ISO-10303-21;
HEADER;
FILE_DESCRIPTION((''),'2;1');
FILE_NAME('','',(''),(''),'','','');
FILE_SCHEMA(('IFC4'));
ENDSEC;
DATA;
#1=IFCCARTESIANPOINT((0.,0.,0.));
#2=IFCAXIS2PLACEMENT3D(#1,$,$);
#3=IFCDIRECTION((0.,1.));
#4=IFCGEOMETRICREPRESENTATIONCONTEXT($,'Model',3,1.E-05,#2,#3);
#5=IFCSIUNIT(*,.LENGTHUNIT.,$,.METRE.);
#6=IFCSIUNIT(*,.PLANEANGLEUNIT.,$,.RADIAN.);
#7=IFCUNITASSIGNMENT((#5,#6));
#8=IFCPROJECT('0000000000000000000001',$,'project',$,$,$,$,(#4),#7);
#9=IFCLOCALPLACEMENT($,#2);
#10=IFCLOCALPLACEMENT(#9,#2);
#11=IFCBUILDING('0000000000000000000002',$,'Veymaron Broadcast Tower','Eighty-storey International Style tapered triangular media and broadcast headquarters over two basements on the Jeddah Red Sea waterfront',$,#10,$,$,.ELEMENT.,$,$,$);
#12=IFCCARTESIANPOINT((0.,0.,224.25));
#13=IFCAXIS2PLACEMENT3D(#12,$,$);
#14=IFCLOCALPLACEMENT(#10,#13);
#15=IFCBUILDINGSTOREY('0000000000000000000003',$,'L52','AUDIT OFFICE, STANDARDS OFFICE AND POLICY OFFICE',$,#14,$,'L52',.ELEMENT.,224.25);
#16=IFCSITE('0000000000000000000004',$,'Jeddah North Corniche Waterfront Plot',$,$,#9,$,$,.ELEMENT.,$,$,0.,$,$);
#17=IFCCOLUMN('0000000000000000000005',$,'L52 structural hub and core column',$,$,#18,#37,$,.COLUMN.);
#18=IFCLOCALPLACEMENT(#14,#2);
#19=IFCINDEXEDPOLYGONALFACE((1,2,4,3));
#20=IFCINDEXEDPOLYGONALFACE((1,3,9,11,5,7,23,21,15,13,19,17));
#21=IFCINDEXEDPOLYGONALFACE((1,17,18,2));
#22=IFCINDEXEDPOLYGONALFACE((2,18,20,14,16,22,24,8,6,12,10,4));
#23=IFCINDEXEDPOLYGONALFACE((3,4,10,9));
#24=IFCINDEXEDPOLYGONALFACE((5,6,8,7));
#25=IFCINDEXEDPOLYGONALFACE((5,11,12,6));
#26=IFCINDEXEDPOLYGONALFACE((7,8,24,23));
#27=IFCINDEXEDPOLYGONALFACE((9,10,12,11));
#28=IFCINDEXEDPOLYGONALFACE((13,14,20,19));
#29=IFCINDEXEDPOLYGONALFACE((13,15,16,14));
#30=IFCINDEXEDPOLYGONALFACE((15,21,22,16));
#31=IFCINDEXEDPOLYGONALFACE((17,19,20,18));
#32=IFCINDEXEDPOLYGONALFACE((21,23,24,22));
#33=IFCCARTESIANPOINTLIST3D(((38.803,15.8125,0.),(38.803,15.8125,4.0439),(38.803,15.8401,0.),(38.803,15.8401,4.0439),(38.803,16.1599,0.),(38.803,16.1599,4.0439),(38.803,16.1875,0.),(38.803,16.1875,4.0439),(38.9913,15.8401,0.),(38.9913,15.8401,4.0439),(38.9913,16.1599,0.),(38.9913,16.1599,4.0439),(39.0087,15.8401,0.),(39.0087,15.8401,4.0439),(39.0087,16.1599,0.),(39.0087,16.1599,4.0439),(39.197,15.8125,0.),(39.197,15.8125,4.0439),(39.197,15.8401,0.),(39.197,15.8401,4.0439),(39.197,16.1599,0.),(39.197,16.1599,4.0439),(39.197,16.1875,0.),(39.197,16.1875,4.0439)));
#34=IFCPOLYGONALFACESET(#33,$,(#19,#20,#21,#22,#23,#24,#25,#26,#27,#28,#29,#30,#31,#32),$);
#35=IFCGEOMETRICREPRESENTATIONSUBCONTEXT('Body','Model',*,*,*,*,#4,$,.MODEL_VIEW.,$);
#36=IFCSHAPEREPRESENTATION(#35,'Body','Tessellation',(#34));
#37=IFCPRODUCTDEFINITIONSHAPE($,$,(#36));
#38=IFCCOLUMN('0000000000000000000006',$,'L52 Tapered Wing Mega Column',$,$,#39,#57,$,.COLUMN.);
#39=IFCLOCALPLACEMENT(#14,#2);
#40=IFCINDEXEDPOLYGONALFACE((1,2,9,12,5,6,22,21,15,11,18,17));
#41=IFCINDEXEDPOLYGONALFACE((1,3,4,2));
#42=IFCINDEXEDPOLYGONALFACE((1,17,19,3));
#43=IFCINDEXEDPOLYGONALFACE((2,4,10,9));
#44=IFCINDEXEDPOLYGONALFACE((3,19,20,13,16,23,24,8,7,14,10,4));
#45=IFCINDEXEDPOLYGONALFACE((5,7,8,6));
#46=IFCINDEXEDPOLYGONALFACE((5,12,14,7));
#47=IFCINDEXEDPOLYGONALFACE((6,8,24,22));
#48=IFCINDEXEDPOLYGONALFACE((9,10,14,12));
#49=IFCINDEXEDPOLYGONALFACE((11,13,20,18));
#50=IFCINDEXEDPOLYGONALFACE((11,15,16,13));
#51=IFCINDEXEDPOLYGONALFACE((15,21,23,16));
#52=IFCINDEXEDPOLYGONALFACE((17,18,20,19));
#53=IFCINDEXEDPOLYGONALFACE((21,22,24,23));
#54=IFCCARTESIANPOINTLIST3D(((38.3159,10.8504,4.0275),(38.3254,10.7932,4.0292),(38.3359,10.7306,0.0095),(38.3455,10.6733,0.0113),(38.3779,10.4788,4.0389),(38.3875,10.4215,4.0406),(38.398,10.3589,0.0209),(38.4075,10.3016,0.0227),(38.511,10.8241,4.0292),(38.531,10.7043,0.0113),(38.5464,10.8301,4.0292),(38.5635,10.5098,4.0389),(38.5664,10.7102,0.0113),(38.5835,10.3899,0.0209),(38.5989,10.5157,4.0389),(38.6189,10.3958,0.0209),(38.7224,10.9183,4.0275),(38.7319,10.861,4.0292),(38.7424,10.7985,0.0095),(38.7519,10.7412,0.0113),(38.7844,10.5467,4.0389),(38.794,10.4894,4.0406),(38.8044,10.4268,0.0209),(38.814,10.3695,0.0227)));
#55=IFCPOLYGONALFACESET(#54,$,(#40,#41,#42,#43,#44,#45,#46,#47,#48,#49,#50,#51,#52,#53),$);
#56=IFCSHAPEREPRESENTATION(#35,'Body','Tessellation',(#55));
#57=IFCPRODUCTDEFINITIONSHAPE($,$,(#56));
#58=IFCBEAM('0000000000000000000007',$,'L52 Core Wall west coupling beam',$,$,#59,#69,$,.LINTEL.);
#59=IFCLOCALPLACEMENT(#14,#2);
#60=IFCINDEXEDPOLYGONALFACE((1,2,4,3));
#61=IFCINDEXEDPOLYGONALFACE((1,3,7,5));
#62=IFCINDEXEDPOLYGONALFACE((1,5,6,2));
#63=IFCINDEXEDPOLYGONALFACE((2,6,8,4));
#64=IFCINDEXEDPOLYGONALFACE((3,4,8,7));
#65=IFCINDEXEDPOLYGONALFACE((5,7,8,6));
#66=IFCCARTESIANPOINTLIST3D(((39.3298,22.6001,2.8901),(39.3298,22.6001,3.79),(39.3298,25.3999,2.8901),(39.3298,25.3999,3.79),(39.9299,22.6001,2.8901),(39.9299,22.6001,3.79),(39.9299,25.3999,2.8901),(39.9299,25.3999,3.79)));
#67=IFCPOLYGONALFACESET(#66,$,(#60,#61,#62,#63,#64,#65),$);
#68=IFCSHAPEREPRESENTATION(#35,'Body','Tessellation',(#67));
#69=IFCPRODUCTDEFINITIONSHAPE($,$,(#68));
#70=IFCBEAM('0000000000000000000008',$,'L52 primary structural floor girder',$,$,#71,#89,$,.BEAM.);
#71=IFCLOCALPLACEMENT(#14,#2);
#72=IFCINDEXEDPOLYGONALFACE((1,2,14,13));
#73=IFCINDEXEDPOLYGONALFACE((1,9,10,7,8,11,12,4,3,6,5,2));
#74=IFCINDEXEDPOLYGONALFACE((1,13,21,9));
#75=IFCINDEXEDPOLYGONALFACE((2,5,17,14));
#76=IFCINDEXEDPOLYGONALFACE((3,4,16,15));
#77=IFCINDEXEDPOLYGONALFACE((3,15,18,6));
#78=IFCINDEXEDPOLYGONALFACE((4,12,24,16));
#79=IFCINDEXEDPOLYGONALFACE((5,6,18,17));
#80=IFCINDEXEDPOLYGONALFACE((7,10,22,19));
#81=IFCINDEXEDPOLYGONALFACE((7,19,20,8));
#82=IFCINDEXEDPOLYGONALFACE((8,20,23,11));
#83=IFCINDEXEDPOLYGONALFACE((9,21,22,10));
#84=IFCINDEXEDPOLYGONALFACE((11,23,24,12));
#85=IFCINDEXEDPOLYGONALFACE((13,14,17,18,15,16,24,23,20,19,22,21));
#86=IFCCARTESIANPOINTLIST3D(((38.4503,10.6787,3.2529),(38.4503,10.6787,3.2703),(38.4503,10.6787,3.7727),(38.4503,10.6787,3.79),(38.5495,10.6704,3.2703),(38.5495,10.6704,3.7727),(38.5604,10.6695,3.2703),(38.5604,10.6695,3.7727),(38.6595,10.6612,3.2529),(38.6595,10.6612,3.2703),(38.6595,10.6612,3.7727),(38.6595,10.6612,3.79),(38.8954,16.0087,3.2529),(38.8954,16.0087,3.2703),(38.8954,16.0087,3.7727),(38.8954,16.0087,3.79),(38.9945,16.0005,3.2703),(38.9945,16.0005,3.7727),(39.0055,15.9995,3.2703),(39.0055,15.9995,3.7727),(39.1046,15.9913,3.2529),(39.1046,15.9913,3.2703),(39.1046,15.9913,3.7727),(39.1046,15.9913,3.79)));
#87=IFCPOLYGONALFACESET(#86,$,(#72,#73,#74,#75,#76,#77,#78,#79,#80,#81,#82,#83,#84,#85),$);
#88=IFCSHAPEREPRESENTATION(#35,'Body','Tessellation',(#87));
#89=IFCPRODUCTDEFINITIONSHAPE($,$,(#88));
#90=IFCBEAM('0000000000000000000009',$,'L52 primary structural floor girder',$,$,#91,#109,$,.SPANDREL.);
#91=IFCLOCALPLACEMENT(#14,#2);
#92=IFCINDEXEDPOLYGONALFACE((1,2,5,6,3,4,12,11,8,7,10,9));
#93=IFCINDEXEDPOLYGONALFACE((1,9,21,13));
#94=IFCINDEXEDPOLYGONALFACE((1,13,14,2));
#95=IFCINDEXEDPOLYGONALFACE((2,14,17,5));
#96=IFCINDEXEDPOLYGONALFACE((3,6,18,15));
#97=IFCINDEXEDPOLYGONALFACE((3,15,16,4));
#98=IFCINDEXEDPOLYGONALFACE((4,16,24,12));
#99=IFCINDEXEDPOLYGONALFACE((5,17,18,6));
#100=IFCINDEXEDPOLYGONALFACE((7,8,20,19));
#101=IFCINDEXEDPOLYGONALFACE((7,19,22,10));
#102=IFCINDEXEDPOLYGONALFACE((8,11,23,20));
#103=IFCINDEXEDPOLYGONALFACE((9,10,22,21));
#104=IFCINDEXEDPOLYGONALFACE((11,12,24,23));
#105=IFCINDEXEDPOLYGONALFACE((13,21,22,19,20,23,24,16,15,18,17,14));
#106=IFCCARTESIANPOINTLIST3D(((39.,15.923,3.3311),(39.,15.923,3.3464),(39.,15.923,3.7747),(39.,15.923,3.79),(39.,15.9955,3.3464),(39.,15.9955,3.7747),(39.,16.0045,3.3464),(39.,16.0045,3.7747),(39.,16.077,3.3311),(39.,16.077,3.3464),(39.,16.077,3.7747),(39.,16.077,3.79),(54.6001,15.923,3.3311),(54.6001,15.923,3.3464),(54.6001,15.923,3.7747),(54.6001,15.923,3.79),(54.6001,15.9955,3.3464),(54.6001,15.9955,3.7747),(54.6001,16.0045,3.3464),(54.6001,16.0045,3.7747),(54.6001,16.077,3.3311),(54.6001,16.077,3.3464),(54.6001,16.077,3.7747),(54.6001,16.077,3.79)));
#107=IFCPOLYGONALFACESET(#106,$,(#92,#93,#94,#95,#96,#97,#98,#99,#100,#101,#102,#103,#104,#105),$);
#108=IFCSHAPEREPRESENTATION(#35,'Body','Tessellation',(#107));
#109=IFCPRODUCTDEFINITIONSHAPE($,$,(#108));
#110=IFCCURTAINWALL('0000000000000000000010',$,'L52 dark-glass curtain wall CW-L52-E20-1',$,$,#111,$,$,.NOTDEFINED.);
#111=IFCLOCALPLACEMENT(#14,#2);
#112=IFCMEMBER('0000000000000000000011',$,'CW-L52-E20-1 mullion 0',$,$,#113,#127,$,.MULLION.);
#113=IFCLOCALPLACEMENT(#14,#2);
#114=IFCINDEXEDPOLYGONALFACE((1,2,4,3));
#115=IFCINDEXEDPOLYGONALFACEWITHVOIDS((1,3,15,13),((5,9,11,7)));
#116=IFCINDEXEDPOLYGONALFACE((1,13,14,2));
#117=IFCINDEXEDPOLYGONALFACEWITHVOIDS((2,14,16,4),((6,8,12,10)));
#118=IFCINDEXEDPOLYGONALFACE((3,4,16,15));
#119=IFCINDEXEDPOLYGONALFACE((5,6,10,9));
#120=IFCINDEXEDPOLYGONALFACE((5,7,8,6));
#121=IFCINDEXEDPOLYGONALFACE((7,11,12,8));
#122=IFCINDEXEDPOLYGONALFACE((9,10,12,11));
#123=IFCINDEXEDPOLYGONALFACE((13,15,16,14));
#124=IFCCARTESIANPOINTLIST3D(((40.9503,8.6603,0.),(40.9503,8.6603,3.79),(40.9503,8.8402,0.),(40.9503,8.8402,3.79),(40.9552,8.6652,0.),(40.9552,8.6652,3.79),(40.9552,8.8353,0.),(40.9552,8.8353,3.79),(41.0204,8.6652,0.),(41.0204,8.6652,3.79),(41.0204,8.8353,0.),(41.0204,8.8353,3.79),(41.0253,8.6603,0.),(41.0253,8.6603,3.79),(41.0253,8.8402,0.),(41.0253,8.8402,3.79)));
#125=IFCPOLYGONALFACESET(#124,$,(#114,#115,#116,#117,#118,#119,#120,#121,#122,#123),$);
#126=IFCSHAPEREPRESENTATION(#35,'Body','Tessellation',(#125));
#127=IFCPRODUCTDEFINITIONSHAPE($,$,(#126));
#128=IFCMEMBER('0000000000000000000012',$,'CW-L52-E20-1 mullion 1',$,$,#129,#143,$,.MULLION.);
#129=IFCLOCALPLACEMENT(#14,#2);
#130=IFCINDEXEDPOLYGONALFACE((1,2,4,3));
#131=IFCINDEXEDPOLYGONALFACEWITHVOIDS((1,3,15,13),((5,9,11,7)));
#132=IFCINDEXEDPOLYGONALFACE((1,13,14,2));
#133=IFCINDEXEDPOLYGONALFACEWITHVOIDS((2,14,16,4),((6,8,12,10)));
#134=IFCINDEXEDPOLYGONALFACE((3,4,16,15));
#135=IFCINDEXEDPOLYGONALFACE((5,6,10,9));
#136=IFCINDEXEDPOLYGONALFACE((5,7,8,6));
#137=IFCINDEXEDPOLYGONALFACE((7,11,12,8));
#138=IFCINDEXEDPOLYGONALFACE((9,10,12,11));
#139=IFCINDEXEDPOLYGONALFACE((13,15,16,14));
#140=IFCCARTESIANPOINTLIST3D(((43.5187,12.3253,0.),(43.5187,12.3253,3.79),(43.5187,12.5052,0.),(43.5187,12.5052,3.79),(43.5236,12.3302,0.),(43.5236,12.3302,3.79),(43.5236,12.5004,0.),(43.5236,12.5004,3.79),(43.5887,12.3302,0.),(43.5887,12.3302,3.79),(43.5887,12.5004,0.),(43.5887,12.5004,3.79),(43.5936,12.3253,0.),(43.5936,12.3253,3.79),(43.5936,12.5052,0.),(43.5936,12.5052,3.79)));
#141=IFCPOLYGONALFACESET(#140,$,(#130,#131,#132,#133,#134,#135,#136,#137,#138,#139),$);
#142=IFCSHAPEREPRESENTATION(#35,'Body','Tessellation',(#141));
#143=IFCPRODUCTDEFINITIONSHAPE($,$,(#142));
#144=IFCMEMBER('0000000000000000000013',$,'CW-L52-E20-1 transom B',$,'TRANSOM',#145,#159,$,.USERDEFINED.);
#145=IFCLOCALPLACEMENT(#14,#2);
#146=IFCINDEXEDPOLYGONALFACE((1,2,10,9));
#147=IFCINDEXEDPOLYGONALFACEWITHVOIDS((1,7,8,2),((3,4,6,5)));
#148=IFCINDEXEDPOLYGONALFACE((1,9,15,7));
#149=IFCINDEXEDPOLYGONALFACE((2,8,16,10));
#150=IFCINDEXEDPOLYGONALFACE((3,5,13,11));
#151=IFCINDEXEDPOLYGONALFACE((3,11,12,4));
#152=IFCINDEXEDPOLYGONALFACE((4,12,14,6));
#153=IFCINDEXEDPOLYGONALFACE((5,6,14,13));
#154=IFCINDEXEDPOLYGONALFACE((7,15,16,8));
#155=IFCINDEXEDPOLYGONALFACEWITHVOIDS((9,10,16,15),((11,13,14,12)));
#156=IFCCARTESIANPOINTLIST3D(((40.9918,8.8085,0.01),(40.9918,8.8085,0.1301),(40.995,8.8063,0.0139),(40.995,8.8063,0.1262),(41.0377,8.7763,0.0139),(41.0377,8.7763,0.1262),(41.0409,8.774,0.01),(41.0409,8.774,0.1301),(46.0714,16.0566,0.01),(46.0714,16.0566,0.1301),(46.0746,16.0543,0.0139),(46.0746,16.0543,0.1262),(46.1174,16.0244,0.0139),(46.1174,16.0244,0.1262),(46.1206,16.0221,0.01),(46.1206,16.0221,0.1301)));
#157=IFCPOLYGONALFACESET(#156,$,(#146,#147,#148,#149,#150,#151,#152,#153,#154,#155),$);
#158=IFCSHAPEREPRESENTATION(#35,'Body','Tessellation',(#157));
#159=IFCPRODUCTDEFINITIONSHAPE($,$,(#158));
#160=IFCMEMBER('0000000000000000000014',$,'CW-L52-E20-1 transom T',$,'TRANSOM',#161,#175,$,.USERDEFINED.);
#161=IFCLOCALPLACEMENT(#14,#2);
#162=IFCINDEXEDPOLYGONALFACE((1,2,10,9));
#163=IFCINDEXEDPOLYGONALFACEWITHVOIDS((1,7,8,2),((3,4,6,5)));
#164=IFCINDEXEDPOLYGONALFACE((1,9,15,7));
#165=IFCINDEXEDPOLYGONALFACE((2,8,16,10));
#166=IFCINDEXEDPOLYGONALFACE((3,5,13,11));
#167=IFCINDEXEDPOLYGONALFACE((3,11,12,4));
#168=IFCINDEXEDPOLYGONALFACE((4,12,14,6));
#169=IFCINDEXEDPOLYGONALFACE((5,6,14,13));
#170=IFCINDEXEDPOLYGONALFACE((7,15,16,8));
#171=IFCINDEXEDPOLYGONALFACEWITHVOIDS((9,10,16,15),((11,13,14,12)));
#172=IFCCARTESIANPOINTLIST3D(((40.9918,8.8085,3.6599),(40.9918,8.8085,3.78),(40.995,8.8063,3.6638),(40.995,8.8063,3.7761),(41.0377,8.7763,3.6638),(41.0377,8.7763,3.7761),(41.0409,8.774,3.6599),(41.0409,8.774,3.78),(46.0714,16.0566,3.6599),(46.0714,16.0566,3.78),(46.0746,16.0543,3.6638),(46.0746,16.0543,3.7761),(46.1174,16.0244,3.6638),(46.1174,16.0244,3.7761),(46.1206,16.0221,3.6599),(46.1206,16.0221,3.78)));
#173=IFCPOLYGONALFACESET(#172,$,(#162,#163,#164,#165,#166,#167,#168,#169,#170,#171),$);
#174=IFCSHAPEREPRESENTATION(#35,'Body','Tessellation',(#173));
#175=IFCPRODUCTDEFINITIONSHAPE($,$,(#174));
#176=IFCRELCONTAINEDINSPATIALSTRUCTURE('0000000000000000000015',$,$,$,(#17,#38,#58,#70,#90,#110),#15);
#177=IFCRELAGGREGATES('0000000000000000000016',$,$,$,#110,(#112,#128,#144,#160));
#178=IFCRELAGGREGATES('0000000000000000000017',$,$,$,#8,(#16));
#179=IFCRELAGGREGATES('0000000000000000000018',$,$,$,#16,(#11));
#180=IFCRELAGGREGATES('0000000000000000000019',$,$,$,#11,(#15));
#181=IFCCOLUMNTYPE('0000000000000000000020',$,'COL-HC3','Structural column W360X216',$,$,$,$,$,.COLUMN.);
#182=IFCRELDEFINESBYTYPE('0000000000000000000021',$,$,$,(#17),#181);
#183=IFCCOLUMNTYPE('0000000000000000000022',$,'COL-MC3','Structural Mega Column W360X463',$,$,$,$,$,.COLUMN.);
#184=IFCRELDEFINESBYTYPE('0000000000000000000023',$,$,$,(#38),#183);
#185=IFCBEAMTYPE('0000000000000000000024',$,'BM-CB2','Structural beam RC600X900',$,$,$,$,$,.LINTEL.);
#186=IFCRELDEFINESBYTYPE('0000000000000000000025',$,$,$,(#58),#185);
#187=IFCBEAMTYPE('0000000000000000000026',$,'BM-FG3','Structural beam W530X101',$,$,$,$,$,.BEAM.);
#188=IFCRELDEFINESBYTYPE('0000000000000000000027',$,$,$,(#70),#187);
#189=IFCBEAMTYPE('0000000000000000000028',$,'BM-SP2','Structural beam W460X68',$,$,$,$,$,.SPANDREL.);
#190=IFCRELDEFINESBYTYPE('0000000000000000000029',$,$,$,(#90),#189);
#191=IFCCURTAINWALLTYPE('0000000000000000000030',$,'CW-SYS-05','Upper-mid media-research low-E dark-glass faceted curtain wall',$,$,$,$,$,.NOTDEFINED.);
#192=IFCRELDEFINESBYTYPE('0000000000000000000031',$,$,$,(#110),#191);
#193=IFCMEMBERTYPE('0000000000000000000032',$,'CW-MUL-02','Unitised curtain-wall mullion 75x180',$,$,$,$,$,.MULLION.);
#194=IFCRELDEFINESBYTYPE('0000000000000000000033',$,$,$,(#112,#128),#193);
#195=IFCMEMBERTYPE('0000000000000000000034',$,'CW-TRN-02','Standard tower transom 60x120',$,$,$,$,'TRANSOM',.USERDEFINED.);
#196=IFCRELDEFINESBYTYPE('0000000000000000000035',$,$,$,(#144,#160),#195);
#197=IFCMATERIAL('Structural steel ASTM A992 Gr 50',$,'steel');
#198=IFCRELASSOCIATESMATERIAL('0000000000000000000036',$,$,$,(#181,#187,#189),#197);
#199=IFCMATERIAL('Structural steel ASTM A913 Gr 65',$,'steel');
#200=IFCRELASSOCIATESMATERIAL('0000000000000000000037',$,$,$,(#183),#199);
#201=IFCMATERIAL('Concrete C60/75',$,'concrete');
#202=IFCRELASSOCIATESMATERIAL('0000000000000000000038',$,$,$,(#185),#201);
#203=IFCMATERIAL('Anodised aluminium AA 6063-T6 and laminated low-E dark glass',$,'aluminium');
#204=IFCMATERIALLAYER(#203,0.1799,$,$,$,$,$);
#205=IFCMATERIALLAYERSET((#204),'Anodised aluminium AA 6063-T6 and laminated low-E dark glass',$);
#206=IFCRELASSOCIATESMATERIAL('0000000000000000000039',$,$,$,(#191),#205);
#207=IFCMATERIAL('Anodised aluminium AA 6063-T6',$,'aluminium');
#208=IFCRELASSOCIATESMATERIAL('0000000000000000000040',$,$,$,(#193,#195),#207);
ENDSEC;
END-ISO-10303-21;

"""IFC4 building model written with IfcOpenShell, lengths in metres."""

from ifc_helpers import new_model, si_unit, direction, frame, origin, origin_2d, place, context, subcontext, project, spatial, rectangle, hollow_rectangle, i_section, extrude, material, layer, layer_set, material_profile, profile_set, type_object, element, aggregate, save


model = new_model("IFC4")

# Units and contexts
model_context = context("Model", 3, precision=1e-05, world=origin(), true_north=direction((0.0, 1.0)))
body_context = subcontext(model_context, "Body", "Model", "MODEL_VIEW")
ifc_project = project(units=[si_unit("LENGTHUNIT", "METRE"), si_unit("PLANEANGLEUNIT", "RADIAN")], contexts=[model_context])

# Site, building, storey
site_placement = place(None, origin())
site = spatial("IfcSite", under=ifc_project, at=site_placement, Name="Jeddah North Corniche Waterfront Plot", CompositionType="ELEMENT", RefElevation=0.0)
building_placement = place(site_placement, origin())
building = spatial("IfcBuilding", under=site, at=building_placement, Name="Veymaron Broadcast Tower", Description="Eighty-storey International Style tapered triangular media and broadcast headquarters over two basements on the Jeddah Red Sea waterfront", CompositionType="ELEMENT")
storey_placement = place(building_placement, frame((0.0, 0.0, 224.25)))
storey = spatial("IfcBuildingStorey", under=building, at=storey_placement, Name="L52", Description="AUDIT OFFICE, STANDARDS OFFICE AND POLICY OFFICE", LongName="L52", CompositionType="ELEMENT", Elevation=224.25)

# Columns
ifc_material_1 = material(Name="Structural steel ASTM A992 Gr 50", Category="steel")
ifc_material_profile_1 = material_profile(ifc_material_1, i_section(OverallWidth=0.394, OverallDepth=0.375, WebThickness=0.0173, FlangeThickness=0.0276, at=origin_2d()), Name="W360X216")
ifc_profile_set_1 = profile_set([ifc_material_profile_1], Name="Structural steel ASTM A992 Gr 50")
column_type_1 = type_object("IfcColumnType", Name="COL-HC3", Description="Structural column W360X216", PredefinedType="COLUMN", material=ifc_profile_set_1)
column_1_placement = place(storey_placement, frame((39.0, 16.0, 0.0), z_axis=(0.0, 0.0, 1.0), x_axis=(1.0, 0.0, 0.0)))
element("IfcColumn", 1, at=column_1_placement, inside=storey, type_object=column_type_1, Name="L52 structural hub and core column", PredefinedType="COLUMN", context=body_context, shape_type="SweptSolid", body=[
    extrude(i_section(OverallWidth=0.394, OverallDepth=0.375, WebThickness=0.0173, FlangeThickness=0.0276, at=origin_2d()), origin(), (0.0, 0.0, 1.0), 4.0439),
])
ifc_material_2 = material(Name="Structural steel ASTM A913 Gr 65", Category="steel")
ifc_material_profile_2 = material_profile(ifc_material_2, i_section(OverallWidth=0.4121, OverallDepth=0.4351, WebThickness=0.0359, FlangeThickness=0.0581, at=origin_2d()), Name="W360X463")
ifc_profile_set_2 = profile_set([ifc_material_profile_2], Name="Structural steel ASTM A913 Gr 65")
column_type_2 = type_object("IfcColumnType", Name="COL-MC3", Description="Structural Mega Column W360X463", PredefinedType="COLUMN", material=ifc_profile_set_2)
column_2_placement = place(storey_placement, frame((38.575, 10.55, 0.0161), z_axis=(-0.00498, 0.029822, 0.999543), x_axis=(-0.98634, -0.164725, 0.0)))
element("IfcColumn", 2, at=column_2_placement, inside=storey, type_object=column_type_2, Name="L52 Tapered Wing Mega Column", PredefinedType="COLUMN", context=body_context, shape_type="SweptSolid", body=[
    extrude(i_section(OverallWidth=0.4121, OverallDepth=0.4351, WebThickness=0.0359, FlangeThickness=0.0581, at=origin_2d()), origin(), (0.0, 0.0, 1.0), 4.0198),
])

# Beams
ifc_material_3 = material(Name="Concrete C60/75", Category="concrete")
ifc_material_profile_3 = material_profile(ifc_material_3, rectangle(XDim=0.6001, YDim=0.8999, at=origin_2d()), Name="RC600X900")
ifc_profile_set_3 = profile_set([ifc_material_profile_3], Name="Concrete C60/75")
beam_type_1 = type_object("IfcBeamType", Name="BM-CB2", Description="Structural beam RC600X900", PredefinedType="LINTEL", material=ifc_profile_set_3)
beam_1_placement = place(storey_placement, frame((39.6299, 22.6001, 3.3401), z_axis=(0.0, 1.0, 0.0), x_axis=(-1.0, 0.0, 0.0)))
element("IfcBeam", 3, at=beam_1_placement, inside=storey, type_object=beam_type_1, Name="L52 Core Wall west coupling beam", PredefinedType="LINTEL", context=body_context, shape_type="SweptSolid", body=[
    extrude(rectangle(XDim=0.6001, YDim=0.8999, at=origin_2d()), origin(), (0.0, 0.0, 1.0), 2.7998),
])
ifc_material_profile_4 = material_profile(ifc_material_1, i_section(OverallWidth=0.21, OverallDepth=0.5371, WebThickness=0.011, FlangeThickness=0.0173, at=origin_2d()), Name="W530X101")
ifc_profile_set_4 = profile_set([ifc_material_profile_4], Name="Structural steel ASTM A992 Gr 50")
beam_type_2 = type_object("IfcBeamType", Name="BM-FG3", Description="Structural beam W530X101", PredefinedType="BEAM", material=ifc_profile_set_4)
beam_2_placement = place(storey_placement, frame((39.0, 16.0, 3.5215), z_axis=(-0.083212, -0.996532, 0.0), x_axis=(0.996532, -0.083212, 0.0)))
element("IfcBeam", 4, at=beam_2_placement, inside=storey, type_object=beam_type_2, Name="L52 primary structural floor girder", PredefinedType="BEAM", context=body_context, shape_type="SweptSolid", body=[
    extrude(i_section(OverallWidth=0.21, OverallDepth=0.5371, WebThickness=0.011, FlangeThickness=0.0173, at=origin_2d()), origin(), (0.0, 0.0, 1.0), 5.3486),
])
ifc_material_profile_5 = material_profile(ifc_material_1, i_section(OverallWidth=0.1541, OverallDepth=0.459, WebThickness=0.009, FlangeThickness=0.0154, at=origin_2d()), Name="W460X68")
ifc_profile_set_5 = profile_set([ifc_material_profile_5], Name="Structural steel ASTM A992 Gr 50")
beam_type_3 = type_object("IfcBeamType", Name="BM-SP2", Description="Structural beam W460X68", PredefinedType="SPANDREL", material=ifc_profile_set_5)
beam_3_placement = place(storey_placement, frame((39.0, 16.0, 3.5605), z_axis=(1.0, 0.0, 0.0), x_axis=(0.0, 1.0, 0.0)))
element("IfcBeam", 5, at=beam_3_placement, inside=storey, type_object=beam_type_3, Name="L52 primary structural floor girder", PredefinedType="SPANDREL", context=body_context, shape_type="SweptSolid", body=[
    extrude(i_section(OverallWidth=0.1541, OverallDepth=0.459, WebThickness=0.009, FlangeThickness=0.0154, at=origin_2d()), origin(), (0.0, 0.0, 1.0), 15.6001),
])

# Curtain wall, members
ifc_material_4 = material(Name="Anodised aluminium AA 6063-T6 and laminated low-E dark glass", Category="aluminium")
ifc_layer_1 = layer(ifc_material_4, 0.1799)
ifc_layer_set_1 = layer_set([ifc_layer_1], Name="Anodised aluminium AA 6063-T6 and laminated low-E dark glass")
curtain_wall_type = type_object("IfcCurtainWallType", Name="CW-SYS-05", Description="Upper-mid media-research low-E dark-glass faceted curtain wall", PredefinedType="NOTDEFINED", material=ifc_layer_set_1)
curtain_wall_placement = place(storey_placement, origin())
curtain_wall = element("IfcCurtainWall", 6, at=curtain_wall_placement, inside=storey, type_object=curtain_wall_type, Name="L52 dark-glass curtain wall CW-L52-E20-1", PredefinedType="NOTDEFINED")
ifc_material_5 = material(Name="Anodised aluminium AA 6063-T6", Category="aluminium")
ifc_material_profile_6 = material_profile(ifc_material_5, hollow_rectangle(XDim=0.075, YDim=0.1799, WallThickness=0.0049, at=origin_2d()), Name="AL180X75X5")
ifc_profile_set_6 = profile_set([ifc_material_profile_6], Name="Anodised aluminium AA 6063-T6")
member_type_1 = type_object("IfcMemberType", Name="CW-MUL-02", Description="Unitised curtain-wall mullion 75x180", PredefinedType="MULLION", material=ifc_profile_set_6)
member_1_placement = place(storey_placement, frame((40.9878, 8.7502, 0.0), z_axis=(0.0, 0.0, 1.0), x_axis=(1.0, 0.0, 0.0)))
member_1 = element("IfcMember", 7, at=member_1_placement, type_object=member_type_1, Name="CW-L52-E20-1 mullion 0", PredefinedType="MULLION", context=body_context, shape_type="SweptSolid", body=[
    extrude(hollow_rectangle(XDim=0.075, YDim=0.1799, WallThickness=0.0049, at=origin_2d()), origin(), (0.0, 0.0, 1.0), 3.79),
])
member_2_placement = place(storey_placement, frame((43.5562, 12.4153, 0.0), z_axis=(0.0, 0.0, 1.0), x_axis=(1.0, 0.0, 0.0)))
member_2 = element("IfcMember", 8, at=member_2_placement, type_object=member_type_1, Name="CW-L52-E20-1 mullion 1", PredefinedType="MULLION", context=body_context, shape_type="SweptSolid", body=[
    extrude(hollow_rectangle(XDim=0.075, YDim=0.1799, WallThickness=0.0049, at=origin_2d()), origin(), (0.0, 0.0, 1.0), 3.79),
])
ifc_material_profile_7 = material_profile(ifc_material_5, hollow_rectangle(XDim=0.0601, YDim=0.1201, WallThickness=0.0039, at=origin_2d()), Name="AL120X60X4")
ifc_profile_set_7 = profile_set([ifc_material_profile_7], Name="Anodised aluminium AA 6063-T6")
member_type_2 = type_object("IfcMemberType", Name="CW-TRN-02", Description="Standard tower transom 60x120", ElementType="TRANSOM", PredefinedType="USERDEFINED", material=ifc_profile_set_7)
member_3_placement = place(storey_placement, frame((41.0164, 8.7913, 0.0701), z_axis=(0.573914, 0.818916, 0.0), x_axis=(-0.818916, 0.573914, 0.0)))
member_3 = element("IfcMember", 9, at=member_3_placement, type_object=member_type_2, Name="CW-L52-E20-1 transom B", ObjectType="TRANSOM", PredefinedType="USERDEFINED", context=body_context, shape_type="SweptSolid", body=[
    extrude(hollow_rectangle(XDim=0.0601, YDim=0.1201, WallThickness=0.0039, at=origin_2d()), origin(), (0.0, 0.0, 1.0), 8.8508),
])
member_4_placement = place(storey_placement, frame((41.0164, 8.7913, 3.72), z_axis=(0.573914, 0.818916, 0.0), x_axis=(-0.818916, 0.573914, 0.0)))
member_4 = element("IfcMember", 10, at=member_4_placement, type_object=member_type_2, Name="CW-L52-E20-1 transom T", ObjectType="TRANSOM", PredefinedType="USERDEFINED", context=body_context, shape_type="SweptSolid", body=[
    extrude(hollow_rectangle(XDim=0.0601, YDim=0.1201, WallThickness=0.0039, at=origin_2d()), origin(), (0.0, 0.0, 1.0), 8.8508),
])
aggregate(curtain_wall, [member_1, member_2, member_3, member_4])

save(model, "model.ifc")
